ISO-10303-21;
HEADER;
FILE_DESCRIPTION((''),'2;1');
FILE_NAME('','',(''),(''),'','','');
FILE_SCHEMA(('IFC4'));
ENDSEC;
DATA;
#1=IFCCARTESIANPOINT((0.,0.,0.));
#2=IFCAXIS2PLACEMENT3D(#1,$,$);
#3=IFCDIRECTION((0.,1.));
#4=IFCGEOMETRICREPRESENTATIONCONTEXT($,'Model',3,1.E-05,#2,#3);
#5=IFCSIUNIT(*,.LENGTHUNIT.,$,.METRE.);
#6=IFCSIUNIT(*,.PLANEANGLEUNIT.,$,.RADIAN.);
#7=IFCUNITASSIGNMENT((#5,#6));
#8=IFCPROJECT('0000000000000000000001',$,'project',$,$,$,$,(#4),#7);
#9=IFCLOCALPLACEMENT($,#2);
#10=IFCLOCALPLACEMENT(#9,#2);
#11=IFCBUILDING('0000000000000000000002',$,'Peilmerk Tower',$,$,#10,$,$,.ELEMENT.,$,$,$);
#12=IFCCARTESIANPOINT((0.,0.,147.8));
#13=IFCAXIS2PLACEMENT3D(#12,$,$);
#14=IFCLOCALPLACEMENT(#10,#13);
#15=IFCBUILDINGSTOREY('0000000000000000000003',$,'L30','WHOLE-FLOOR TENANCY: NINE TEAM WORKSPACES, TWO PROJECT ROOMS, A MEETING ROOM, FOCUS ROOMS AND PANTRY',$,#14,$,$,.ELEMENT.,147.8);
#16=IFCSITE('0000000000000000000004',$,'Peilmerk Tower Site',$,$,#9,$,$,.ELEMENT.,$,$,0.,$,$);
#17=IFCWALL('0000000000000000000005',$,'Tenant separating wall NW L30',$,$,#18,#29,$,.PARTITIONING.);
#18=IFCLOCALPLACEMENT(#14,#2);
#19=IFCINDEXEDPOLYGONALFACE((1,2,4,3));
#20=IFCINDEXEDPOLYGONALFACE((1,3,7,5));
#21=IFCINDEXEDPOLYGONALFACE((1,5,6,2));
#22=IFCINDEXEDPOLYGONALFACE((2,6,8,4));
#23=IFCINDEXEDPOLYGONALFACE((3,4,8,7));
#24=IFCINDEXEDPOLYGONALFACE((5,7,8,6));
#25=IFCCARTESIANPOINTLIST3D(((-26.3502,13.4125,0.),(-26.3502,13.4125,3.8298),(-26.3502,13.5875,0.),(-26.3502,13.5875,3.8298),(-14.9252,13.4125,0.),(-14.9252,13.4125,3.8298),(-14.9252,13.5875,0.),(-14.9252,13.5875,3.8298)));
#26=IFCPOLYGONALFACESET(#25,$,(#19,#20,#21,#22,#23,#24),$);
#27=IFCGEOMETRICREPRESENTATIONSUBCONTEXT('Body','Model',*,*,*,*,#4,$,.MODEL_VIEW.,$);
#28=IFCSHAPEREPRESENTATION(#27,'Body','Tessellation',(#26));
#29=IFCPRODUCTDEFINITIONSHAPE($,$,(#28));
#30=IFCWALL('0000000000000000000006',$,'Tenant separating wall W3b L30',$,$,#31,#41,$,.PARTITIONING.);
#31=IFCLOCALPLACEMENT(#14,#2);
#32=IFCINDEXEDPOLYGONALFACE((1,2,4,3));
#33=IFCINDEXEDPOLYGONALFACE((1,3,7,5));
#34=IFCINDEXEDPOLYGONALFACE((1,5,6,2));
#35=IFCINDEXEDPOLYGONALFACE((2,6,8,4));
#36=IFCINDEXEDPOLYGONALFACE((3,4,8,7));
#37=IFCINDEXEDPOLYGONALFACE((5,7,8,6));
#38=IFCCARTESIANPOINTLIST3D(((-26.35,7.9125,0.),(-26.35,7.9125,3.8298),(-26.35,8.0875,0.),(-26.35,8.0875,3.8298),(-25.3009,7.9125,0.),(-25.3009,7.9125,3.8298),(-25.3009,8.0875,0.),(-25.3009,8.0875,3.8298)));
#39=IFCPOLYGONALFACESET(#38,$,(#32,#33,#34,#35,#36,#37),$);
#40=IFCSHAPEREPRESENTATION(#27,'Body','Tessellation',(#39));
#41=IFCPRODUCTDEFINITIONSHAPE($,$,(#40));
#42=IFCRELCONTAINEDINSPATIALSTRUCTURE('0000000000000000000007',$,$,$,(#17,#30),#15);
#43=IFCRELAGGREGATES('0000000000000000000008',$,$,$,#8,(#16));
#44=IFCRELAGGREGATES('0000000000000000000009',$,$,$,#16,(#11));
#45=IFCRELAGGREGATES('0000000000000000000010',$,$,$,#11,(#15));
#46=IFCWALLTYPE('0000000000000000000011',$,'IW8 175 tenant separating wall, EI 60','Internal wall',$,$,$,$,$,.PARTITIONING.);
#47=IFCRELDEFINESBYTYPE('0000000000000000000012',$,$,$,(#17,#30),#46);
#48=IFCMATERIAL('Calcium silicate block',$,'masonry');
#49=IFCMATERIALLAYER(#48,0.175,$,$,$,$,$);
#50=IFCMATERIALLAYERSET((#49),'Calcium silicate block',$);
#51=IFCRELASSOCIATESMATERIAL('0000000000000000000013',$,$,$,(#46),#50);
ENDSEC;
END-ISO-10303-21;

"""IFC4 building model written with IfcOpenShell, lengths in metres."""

from ifc_helpers import new_model, si_unit, direction, frame, frame_2d, origin, place, context, subcontext, project, spatial, rectangle, extrude, material, layer, layer_set, type_object, element, save


model = new_model("IFC4")

# Units and contexts
model_context = context("Model", 3, precision=1e-05, world=origin(), true_north=direction((0.0, 1.0)))
body_context = subcontext(model_context, "Body", "Model", "MODEL_VIEW")
ifc_project = project(units=[si_unit("LENGTHUNIT", "METRE"), si_unit("PLANEANGLEUNIT", "RADIAN")], contexts=[model_context])

# Site, building, storey
site_placement = place(None, origin())
site = spatial("IfcSite", under=ifc_project, at=site_placement, Name="Peilmerk Tower Site", CompositionType="ELEMENT", RefElevation=0.0)
building_placement = place(site_placement, origin())
building = spatial("IfcBuilding", under=site, at=building_placement, Name="Peilmerk Tower", CompositionType="ELEMENT")
storey_placement = place(building_placement, frame((0.0, 0.0, 147.8)))
storey = spatial("IfcBuildingStorey", under=building, at=storey_placement, Name="L30", Description="WHOLE-FLOOR TENANCY: NINE TEAM WORKSPACES, TWO PROJECT ROOMS, A MEETING ROOM, FOCUS ROOMS AND PANTRY", CompositionType="ELEMENT", Elevation=147.8)

# Walls
ifc_material_1 = material(Name="Calcium silicate block", Category="masonry")
ifc_layer_1 = layer(ifc_material_1, 0.175)
ifc_layer_set_1 = layer_set([ifc_layer_1], Name="Calcium silicate block")
wall_type_1 = type_object("IfcWallType", Name="IW8 175 tenant separating wall, EI 60", Description="Internal wall", PredefinedType="PARTITIONING", material=ifc_layer_set_1)
wall_1_placement = place(storey_placement, frame((-26.3501, 13.5, 0.0), z_axis=(0.0, 0.0, 1.0), x_axis=(1.0, 0.0, 0.0)))
element("IfcWall", 1, at=wall_1_placement, inside=storey, type_object=wall_type_1, Name="Tenant separating wall NW L30", PredefinedType="PARTITIONING", context=body_context, shape_type="SweptSolid", body=[
    extrude(rectangle(XDim=11.425, YDim=0.175, at=frame_2d((5.7124, 0.0))), origin(), (0.0, 0.0, 1.0), 3.8298),
])
wall_2_placement = place(storey_placement, frame((-25.301, 8.0, 0.0), z_axis=(0.0, 0.0, 1.0), x_axis=(-1.0, 0.0, 0.0)))
element("IfcWall", 2, at=wall_2_placement, inside=storey, type_object=wall_type_1, Name="Tenant separating wall W3b L30", PredefinedType="PARTITIONING", context=body_context, shape_type="SweptSolid", body=[
    extrude(rectangle(XDim=1.0491, YDim=0.175, at=frame_2d((0.5244, 0.0))), origin(), (0.0, 0.0, 1.0), 3.8298),
])

save(model, "model.ifc")
